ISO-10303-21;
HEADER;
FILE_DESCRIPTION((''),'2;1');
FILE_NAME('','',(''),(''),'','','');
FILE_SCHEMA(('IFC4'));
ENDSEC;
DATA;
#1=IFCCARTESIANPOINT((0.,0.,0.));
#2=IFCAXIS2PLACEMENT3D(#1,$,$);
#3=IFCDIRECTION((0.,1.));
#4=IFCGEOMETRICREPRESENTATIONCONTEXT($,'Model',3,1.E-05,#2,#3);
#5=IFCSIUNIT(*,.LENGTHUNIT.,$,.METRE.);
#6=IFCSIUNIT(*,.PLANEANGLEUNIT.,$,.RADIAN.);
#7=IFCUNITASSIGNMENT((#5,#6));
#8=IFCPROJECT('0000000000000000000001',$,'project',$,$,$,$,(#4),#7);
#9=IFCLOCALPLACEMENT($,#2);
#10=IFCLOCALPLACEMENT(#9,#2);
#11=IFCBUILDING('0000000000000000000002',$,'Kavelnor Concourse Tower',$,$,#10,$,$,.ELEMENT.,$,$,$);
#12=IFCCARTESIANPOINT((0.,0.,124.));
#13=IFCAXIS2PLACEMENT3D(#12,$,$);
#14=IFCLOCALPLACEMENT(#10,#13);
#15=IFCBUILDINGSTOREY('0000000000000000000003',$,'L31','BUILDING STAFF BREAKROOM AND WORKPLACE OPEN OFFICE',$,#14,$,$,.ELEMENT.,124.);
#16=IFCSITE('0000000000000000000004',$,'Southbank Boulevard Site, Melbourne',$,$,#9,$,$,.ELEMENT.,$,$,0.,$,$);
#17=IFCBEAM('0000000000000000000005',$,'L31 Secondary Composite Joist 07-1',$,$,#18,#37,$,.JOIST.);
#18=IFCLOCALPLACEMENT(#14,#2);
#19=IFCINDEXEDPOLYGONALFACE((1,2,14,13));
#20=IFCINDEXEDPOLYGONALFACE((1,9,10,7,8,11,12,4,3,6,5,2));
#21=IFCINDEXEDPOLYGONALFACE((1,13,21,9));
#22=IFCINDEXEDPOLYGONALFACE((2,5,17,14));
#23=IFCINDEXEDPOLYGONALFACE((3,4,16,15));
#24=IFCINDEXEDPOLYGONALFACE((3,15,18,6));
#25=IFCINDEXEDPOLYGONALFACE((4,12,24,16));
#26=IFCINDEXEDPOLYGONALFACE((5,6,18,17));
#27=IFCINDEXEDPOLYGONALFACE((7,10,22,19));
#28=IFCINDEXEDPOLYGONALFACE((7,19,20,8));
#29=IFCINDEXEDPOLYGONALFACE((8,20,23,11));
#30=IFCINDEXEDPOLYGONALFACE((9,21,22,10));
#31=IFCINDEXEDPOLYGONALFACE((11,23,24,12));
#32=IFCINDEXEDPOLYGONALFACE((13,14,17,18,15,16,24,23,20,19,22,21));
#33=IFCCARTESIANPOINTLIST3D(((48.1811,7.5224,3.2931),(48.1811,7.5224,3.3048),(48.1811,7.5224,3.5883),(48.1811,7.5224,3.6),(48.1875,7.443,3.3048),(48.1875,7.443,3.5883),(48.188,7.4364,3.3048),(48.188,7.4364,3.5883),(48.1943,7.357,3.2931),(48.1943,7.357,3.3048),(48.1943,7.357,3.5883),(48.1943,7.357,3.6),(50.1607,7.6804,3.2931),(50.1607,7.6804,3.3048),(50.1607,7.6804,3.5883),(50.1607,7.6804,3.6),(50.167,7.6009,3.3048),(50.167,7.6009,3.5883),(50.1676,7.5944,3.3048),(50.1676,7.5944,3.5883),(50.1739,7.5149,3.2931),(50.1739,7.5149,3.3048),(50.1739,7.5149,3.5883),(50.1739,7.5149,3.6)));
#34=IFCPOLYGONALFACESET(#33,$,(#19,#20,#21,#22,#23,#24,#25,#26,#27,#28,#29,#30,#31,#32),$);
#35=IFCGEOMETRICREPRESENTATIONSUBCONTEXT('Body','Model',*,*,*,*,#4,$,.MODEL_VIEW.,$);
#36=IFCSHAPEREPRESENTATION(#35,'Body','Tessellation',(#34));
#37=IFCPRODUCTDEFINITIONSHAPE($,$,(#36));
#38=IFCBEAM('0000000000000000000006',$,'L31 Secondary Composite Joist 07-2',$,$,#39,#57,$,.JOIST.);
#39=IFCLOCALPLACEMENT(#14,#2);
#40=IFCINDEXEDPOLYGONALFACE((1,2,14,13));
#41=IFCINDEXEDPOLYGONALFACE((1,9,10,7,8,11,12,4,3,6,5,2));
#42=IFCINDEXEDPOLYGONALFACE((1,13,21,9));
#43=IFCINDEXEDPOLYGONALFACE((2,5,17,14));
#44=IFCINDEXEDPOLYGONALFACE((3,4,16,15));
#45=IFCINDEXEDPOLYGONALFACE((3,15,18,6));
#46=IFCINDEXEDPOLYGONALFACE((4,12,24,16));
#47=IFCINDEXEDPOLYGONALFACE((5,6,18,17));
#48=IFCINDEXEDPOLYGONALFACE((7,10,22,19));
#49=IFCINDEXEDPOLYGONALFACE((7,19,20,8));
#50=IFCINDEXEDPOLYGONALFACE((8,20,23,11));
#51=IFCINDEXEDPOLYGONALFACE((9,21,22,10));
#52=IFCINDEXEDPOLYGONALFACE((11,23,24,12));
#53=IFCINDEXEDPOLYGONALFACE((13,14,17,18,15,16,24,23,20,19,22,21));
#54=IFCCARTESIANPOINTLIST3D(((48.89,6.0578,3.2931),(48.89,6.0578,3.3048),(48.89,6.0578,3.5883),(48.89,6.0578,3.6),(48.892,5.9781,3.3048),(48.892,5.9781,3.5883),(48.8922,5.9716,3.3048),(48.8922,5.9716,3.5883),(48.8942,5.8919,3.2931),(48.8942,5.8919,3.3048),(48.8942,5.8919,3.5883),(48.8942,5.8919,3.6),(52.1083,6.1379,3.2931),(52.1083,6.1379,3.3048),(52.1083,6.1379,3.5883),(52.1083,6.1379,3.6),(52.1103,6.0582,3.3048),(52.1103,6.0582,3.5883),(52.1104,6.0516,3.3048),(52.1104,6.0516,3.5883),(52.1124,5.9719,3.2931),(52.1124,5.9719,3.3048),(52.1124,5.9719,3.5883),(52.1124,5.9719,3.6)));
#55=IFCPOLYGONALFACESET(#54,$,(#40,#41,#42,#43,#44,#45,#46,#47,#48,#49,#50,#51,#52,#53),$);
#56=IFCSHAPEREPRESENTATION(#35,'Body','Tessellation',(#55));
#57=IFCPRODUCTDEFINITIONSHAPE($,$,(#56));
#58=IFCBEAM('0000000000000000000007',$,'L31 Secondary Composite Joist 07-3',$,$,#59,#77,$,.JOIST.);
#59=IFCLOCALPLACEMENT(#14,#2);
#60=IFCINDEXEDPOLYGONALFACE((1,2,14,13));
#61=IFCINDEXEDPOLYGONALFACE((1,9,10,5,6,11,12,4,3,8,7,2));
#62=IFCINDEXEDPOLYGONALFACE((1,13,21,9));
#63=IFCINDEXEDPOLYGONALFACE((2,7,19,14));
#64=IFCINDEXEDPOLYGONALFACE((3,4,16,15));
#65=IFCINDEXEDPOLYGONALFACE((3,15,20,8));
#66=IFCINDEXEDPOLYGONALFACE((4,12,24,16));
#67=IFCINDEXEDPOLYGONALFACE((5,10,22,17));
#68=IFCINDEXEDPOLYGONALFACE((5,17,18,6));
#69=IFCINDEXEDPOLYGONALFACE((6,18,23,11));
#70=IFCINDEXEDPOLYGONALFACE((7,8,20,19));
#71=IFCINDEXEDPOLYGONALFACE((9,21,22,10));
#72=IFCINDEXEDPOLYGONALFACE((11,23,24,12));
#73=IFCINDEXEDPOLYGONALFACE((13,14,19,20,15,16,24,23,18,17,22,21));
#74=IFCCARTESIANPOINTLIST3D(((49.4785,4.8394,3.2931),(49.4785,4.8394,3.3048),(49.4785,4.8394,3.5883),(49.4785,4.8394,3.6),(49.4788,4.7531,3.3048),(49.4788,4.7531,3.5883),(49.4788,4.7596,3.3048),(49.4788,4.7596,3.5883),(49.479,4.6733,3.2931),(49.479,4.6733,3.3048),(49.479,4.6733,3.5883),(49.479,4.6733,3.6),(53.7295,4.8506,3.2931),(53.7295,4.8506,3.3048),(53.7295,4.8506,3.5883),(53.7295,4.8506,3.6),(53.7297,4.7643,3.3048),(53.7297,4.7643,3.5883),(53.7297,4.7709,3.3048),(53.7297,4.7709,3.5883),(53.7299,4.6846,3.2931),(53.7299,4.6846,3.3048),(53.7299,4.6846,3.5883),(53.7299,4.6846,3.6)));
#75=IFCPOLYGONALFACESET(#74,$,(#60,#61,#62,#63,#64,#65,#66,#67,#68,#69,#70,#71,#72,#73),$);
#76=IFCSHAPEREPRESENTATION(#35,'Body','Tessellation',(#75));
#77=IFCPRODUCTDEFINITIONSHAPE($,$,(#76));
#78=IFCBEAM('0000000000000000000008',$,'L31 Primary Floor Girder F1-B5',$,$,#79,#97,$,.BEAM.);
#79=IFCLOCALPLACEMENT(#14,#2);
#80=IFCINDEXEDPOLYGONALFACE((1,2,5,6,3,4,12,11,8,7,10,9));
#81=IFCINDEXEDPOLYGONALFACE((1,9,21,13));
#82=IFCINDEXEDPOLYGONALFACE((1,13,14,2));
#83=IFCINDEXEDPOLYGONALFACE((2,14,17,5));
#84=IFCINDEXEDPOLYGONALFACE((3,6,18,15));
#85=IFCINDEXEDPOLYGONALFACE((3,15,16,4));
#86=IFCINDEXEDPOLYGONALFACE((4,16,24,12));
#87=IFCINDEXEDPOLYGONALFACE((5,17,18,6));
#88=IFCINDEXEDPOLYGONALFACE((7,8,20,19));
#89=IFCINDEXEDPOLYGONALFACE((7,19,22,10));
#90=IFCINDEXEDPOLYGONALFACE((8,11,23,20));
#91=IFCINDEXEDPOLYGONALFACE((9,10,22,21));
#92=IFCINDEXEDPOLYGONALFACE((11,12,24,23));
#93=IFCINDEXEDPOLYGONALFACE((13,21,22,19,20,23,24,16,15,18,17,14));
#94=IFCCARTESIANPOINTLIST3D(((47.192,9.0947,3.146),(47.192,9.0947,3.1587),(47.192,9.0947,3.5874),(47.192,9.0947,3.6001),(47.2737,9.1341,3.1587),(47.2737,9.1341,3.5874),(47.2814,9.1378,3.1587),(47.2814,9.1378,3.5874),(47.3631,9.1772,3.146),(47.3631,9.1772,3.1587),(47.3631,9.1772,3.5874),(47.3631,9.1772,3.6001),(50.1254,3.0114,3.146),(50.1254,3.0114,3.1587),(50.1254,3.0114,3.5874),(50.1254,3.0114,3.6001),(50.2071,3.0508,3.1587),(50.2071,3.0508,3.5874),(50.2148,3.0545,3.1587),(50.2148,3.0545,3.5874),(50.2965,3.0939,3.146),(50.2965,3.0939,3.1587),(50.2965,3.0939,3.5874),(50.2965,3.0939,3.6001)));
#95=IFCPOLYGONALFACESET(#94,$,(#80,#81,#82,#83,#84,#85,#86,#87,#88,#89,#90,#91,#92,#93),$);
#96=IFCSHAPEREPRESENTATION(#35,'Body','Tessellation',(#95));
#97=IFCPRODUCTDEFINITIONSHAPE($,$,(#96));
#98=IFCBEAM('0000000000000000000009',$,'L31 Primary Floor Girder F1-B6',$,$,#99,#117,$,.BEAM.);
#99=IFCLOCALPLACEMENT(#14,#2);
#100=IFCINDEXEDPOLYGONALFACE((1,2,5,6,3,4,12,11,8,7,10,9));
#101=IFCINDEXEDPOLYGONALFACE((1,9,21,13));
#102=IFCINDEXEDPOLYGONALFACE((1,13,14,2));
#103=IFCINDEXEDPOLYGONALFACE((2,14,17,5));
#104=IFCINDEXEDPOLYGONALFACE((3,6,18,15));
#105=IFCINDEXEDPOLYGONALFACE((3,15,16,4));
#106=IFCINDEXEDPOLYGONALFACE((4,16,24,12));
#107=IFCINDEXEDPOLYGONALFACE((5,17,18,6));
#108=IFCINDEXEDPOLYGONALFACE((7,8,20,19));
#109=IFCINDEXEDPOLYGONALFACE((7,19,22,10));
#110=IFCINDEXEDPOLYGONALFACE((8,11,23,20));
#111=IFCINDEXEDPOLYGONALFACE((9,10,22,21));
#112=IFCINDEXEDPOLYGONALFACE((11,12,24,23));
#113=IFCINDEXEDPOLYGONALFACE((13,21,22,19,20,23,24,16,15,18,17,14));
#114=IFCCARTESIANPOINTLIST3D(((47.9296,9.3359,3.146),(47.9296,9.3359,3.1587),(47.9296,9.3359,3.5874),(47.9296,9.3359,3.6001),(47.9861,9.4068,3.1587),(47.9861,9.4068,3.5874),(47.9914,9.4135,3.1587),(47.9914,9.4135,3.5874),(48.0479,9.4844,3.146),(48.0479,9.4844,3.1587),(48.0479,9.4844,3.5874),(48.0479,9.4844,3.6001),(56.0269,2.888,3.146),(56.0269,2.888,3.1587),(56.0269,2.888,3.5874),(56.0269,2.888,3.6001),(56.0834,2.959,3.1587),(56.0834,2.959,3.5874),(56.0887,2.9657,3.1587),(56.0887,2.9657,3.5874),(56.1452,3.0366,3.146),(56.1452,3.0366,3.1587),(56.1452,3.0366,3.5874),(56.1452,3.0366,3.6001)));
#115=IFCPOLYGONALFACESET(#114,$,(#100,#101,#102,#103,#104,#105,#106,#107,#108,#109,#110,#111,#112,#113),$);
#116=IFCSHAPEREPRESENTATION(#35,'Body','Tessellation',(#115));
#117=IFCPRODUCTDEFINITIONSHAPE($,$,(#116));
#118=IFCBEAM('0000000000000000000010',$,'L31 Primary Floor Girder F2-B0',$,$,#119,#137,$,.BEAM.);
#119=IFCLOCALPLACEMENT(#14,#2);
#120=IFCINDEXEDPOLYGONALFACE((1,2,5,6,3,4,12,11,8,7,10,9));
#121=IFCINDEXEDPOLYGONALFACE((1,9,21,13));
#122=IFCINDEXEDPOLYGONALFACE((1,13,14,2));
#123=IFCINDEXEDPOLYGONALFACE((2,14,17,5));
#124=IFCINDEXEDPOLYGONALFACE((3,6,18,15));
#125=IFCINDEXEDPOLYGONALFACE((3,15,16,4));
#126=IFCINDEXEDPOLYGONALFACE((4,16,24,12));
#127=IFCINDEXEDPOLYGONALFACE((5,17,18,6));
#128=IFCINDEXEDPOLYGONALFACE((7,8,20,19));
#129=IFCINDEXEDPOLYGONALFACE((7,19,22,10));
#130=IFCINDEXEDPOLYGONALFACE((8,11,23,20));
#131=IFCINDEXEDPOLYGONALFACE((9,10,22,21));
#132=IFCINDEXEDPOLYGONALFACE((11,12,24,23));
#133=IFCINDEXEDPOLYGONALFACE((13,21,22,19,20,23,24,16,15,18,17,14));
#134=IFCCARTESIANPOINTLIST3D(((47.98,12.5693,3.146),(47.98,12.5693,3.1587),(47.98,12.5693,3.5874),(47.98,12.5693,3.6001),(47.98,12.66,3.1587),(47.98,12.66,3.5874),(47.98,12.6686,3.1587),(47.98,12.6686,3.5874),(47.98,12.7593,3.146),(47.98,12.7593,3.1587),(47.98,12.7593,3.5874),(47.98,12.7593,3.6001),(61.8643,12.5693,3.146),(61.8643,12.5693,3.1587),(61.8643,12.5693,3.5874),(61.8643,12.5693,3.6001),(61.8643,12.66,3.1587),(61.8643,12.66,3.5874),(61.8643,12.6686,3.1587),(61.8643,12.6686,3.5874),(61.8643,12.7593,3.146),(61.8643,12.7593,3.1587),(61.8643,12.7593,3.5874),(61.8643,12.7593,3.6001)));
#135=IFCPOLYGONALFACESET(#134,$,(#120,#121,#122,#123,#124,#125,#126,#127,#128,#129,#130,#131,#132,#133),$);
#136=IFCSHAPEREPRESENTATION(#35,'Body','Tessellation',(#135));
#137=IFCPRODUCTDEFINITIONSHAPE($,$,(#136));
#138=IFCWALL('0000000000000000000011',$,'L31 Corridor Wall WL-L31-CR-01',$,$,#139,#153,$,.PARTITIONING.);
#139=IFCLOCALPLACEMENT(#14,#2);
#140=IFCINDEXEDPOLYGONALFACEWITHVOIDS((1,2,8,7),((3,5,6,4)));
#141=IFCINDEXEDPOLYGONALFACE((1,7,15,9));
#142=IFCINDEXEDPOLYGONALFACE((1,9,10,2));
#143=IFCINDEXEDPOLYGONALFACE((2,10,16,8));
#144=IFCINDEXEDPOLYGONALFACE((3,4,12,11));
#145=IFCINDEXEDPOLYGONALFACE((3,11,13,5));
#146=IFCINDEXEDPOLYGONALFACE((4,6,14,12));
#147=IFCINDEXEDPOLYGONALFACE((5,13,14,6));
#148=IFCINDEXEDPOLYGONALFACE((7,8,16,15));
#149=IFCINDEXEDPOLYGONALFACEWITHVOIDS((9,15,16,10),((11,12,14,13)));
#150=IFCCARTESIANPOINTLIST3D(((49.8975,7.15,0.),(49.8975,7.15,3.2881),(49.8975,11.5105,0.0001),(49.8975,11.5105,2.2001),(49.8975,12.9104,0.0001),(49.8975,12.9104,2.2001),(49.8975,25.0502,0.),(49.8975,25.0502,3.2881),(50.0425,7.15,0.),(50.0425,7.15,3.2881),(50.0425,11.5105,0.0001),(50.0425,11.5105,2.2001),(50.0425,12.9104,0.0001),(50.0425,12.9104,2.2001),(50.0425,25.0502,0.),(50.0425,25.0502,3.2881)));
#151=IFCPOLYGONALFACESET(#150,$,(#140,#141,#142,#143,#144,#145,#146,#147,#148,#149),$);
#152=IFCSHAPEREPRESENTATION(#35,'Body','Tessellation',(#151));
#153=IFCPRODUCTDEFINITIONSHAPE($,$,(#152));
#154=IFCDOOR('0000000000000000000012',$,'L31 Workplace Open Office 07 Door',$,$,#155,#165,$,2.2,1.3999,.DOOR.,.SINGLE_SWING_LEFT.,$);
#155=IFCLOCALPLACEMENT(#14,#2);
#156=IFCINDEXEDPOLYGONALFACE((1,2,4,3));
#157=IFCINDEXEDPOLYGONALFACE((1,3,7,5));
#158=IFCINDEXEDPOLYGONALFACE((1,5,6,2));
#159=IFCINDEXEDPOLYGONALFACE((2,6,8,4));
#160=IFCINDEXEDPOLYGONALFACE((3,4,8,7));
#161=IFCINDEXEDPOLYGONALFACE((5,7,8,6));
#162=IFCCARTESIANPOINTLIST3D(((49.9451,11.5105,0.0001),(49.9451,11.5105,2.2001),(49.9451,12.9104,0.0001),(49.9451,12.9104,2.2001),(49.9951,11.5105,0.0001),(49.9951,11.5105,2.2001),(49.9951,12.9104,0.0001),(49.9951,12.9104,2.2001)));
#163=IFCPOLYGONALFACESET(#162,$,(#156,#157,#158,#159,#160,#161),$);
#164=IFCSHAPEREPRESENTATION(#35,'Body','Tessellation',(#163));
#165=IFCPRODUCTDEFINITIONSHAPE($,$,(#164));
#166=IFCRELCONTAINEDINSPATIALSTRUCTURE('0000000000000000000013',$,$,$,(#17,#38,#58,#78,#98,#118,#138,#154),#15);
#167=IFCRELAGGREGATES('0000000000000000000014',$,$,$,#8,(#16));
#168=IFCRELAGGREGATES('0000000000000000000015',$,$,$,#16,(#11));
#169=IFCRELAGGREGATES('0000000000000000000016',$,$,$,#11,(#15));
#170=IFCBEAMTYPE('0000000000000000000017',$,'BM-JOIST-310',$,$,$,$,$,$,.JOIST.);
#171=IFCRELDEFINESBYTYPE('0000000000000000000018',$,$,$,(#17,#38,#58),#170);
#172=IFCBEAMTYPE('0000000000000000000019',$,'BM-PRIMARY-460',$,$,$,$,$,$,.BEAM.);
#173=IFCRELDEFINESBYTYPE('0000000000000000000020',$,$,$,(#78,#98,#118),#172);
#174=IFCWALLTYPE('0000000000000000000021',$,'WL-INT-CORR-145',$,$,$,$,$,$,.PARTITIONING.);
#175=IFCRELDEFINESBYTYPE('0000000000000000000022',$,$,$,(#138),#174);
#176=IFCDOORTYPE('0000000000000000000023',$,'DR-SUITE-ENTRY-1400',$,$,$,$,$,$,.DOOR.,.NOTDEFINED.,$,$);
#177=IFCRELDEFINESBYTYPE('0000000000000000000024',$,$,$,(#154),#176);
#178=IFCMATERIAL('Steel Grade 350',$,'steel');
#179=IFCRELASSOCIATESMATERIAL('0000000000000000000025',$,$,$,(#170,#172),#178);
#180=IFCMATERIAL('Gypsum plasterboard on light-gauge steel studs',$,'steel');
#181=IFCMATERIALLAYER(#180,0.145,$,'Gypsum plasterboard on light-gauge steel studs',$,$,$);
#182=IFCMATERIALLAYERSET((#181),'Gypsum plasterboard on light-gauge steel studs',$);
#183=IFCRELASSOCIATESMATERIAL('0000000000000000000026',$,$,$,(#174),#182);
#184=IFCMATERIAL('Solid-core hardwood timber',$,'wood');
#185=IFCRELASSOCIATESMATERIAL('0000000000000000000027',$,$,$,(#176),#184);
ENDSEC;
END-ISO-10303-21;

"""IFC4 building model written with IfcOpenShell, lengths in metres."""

from ifc_helpers import new_model, si_unit, direction, frame, frame_2d, origin, origin_2d, place, context, subcontext, project, spatial, rectangle, i_section, extrude, material, layer, layer_set, material_profile, profile_set, type_object, element, fill, save


model = new_model("IFC4")

# Units and contexts
model_context = context("Model", 3, precision=1e-05, world=origin(), true_north=direction((0.0, 1.0)))
body_context = subcontext(model_context, "Body", "Model", "MODEL_VIEW")
ifc_project = project(units=[si_unit("LENGTHUNIT", "METRE"), si_unit("PLANEANGLEUNIT", "RADIAN")], contexts=[model_context])

# Site, building, storey
site_placement = place(None, origin())
site = spatial("IfcSite", under=ifc_project, at=site_placement, Name="Southbank Boulevard Site, Melbourne", CompositionType="ELEMENT", RefElevation=0.0)
building_placement = place(site_placement, origin())
building = spatial("IfcBuilding", under=site, at=building_placement, Name="Kavelnor Concourse Tower", CompositionType="ELEMENT")
storey_placement = place(building_placement, frame((0.0, 0.0, 124.0)))
storey = spatial("IfcBuildingStorey", under=building, at=storey_placement, Name="L31", Description="BUILDING STAFF BREAKROOM AND WORKPLACE OPEN OFFICE", CompositionType="ELEMENT", Elevation=124.0)

# Beams
ifc_material_1 = material(Name="Steel Grade 350", Category="steel")
ifc_material_profile_1 = material_profile(ifc_material_1, i_section(OverallWidth=0.166, OverallDepth=0.3069, WebThickness=0.0066, FlangeThickness=0.0117, at=origin_2d()), Name="310UB46")
ifc_profile_set_1 = profile_set([ifc_material_profile_1], Name="Steel Grade 350")
beam_type_1 = type_object("IfcBeamType", Name="BM-JOIST-310", PredefinedType="JOIST", material=ifc_profile_set_1)
beam_1_placement = place(storey_placement, frame((48.1877, 7.4397, 3.4465), z_axis=(0.996831, 0.079545, 0.0), x_axis=(-0.079545, 0.996831, 0.0)))
element("IfcBeam", 1, at=beam_1_placement, inside=storey, type_object=beam_type_1, Name="L31 Secondary Composite Joist 07-1", PredefinedType="JOIST", context=body_context, shape_type="SweptSolid", body=[
    extrude(i_section(OverallWidth=0.166, OverallDepth=0.3069, WebThickness=0.0066, FlangeThickness=0.0117, at=origin_2d()), origin(), (0.0, 0.0, 1.0), 1.9858),
])
beam_2_placement = place(storey_placement, frame((48.8921, 5.9749, 3.4465), z_axis=(0.999691, 0.024875, 0.0), x_axis=(-0.024875, 0.999691, 0.0)))
element("IfcBeam", 2, at=beam_2_placement, inside=storey, type_object=beam_type_1, Name="L31 Secondary Composite Joist 07-2", PredefinedType="JOIST", context=body_context, shape_type="SweptSolid", body=[
    extrude(i_section(OverallWidth=0.166, OverallDepth=0.3069, WebThickness=0.0066, FlangeThickness=0.0117, at=origin_2d()), origin(), (0.0, 0.0, 1.0), 3.2192),
])
beam_3_placement = place(storey_placement, frame((49.4788, 4.7563, 3.4465), z_axis=(0.999997, 0.002642, 0.0), x_axis=(-0.002642, 0.999997, 0.0)))
element("IfcBeam", 3, at=beam_3_placement, inside=storey, type_object=beam_type_1, Name="L31 Secondary Composite Joist 07-3", PredefinedType="JOIST", context=body_context, shape_type="SweptSolid", body=[
    extrude(i_section(OverallWidth=0.166, OverallDepth=0.3069, WebThickness=0.0066, FlangeThickness=0.0117, at=origin_2d()), origin(), (0.0, 0.0, 1.0), 4.251),
])
ifc_material_profile_2 = material_profile(ifc_material_1, i_section(OverallWidth=0.1899, OverallDepth=0.4541, WebThickness=0.0085, FlangeThickness=0.0127, at=origin_2d()), Name="460UB67")
ifc_profile_set_2 = profile_set([ifc_material_profile_2], Name="Steel Grade 350")
beam_type_2 = type_object("IfcBeamType", Name="BM-PRIMARY-460", PredefinedType="BEAM", material=ifc_profile_set_2)
beam_4_placement = place(storey_placement, frame((47.2776, 9.136, 3.373), z_axis=(0.434342, -0.900748, 0.0), x_axis=(0.900748, 0.434342, 0.0)))
element("IfcBeam", 4, at=beam_4_placement, inside=storey, type_object=beam_type_2, Name="L31 Primary Floor Girder F1-B5", PredefinedType="BEAM", context=body_context, shape_type="SweptSolid", body=[
    extrude(i_section(OverallWidth=0.1899, OverallDepth=0.4541, WebThickness=0.0085, FlangeThickness=0.0127, at=origin_2d()), origin(), (0.0, 0.0, 1.0), 6.7537),
])
beam_5_placement = place(storey_placement, frame((47.9888, 9.4102, 3.373), z_axis=(0.78228, -0.622927, 0.0), x_axis=(0.622927, 0.78228, 0.0)))
element("IfcBeam", 5, at=beam_5_placement, inside=storey, type_object=beam_type_2, Name="L31 Primary Floor Girder F1-B6", PredefinedType="BEAM", context=body_context, shape_type="SweptSolid", body=[
    extrude(i_section(OverallWidth=0.1899, OverallDepth=0.4541, WebThickness=0.0085, FlangeThickness=0.0127, at=origin_2d()), origin(), (0.0, 0.0, 1.0), 10.3508),
])
beam_6_placement = place(storey_placement, frame((47.98, 12.6643, 3.373), z_axis=(1.0, 0.0, 0.0), x_axis=(0.0, 1.0, 0.0)))
element("IfcBeam", 6, at=beam_6_placement, inside=storey, type_object=beam_type_2, Name="L31 Primary Floor Girder F2-B0", PredefinedType="BEAM", context=body_context, shape_type="SweptSolid", body=[
    extrude(i_section(OverallWidth=0.1899, OverallDepth=0.4541, WebThickness=0.0085, FlangeThickness=0.0127, at=origin_2d()), origin(), (0.0, 0.0, 1.0), 13.8843),
])

# Wall, opening, door
ifc_material_2 = material(Name="Gypsum plasterboard on light-gauge steel studs", Category="steel")
ifc_layer_1 = layer(ifc_material_2, 0.145, Name="Gypsum plasterboard on light-gauge steel studs")
ifc_layer_set_1 = layer_set([ifc_layer_1], Name="Gypsum plasterboard on light-gauge steel studs")
wall_type_1 = type_object("IfcWallType", Name="WL-INT-CORR-145", PredefinedType="PARTITIONING", material=ifc_layer_set_1)
wall_1_placement = place(storey_placement, frame((49.97, 7.1499, 0.0), z_axis=(0.0, 0.0, 1.0), x_axis=(0.0, 1.0, 0.0)))
wall_1 = element("IfcWall", 7, at=wall_1_placement, inside=storey, type_object=wall_type_1, Name="L31 Corridor Wall WL-L31-CR-01", PredefinedType="PARTITIONING", context=body_context, shape_type="SweptSolid", body=[
    extrude(rectangle(XDim=17.9001, YDim=0.145, at=frame_2d((8.9502, 0.0))), origin(), (0.0, 0.0, 1.0), 3.2881),
])
opening_1_placement = place(wall_1_placement, frame((4.3606, 0.0, 0.0)))
opening_1 = element("IfcOpeningElement", 8, at=opening_1_placement, cuts=wall_1, PredefinedType="OPENING", context=body_context, shape_type="SweptSolid", body=[
    extrude(rectangle(XDim=1.3999, YDim=2.2, at=frame_2d((0.7, 1.1001))), frame((0.0, 0.0825, 0.0), z_axis=(0.0, -1.0, 0.0), x_axis=(1.0, 0.0, 0.0)), (0.0, 0.0, 1.0), 0.165),
])
ifc_material_3 = material(Name="Solid-core hardwood timber", Category="wood")
door_type_1 = type_object("IfcDoorType", Name="DR-SUITE-ENTRY-1400", OperationType="NOTDEFINED", PredefinedType="DOOR", material=ifc_material_3)
door_1_placement = place(opening_1_placement, origin())
door_1 = element("IfcDoor", 9, at=door_1_placement, inside=storey, type_object=door_type_1, Name="L31 Workplace Open Office 07 Door", OperationType="SINGLE_SWING_LEFT", OverallHeight=2.2, OverallWidth=1.3999, PredefinedType="DOOR", context=body_context, shape_type="SweptSolid", body=[
    extrude(rectangle(XDim=1.3999, YDim=2.2, at=frame_2d((0.7, 1.1001))), frame((0.0, 0.0249, 0.0), z_axis=(0.0, -1.0, 0.0), x_axis=(1.0, 0.0, 0.0)), (0.0, 0.0, 1.0), 0.05),
])
fill(opening_1, door_1)

save(model, "model.ifc")
